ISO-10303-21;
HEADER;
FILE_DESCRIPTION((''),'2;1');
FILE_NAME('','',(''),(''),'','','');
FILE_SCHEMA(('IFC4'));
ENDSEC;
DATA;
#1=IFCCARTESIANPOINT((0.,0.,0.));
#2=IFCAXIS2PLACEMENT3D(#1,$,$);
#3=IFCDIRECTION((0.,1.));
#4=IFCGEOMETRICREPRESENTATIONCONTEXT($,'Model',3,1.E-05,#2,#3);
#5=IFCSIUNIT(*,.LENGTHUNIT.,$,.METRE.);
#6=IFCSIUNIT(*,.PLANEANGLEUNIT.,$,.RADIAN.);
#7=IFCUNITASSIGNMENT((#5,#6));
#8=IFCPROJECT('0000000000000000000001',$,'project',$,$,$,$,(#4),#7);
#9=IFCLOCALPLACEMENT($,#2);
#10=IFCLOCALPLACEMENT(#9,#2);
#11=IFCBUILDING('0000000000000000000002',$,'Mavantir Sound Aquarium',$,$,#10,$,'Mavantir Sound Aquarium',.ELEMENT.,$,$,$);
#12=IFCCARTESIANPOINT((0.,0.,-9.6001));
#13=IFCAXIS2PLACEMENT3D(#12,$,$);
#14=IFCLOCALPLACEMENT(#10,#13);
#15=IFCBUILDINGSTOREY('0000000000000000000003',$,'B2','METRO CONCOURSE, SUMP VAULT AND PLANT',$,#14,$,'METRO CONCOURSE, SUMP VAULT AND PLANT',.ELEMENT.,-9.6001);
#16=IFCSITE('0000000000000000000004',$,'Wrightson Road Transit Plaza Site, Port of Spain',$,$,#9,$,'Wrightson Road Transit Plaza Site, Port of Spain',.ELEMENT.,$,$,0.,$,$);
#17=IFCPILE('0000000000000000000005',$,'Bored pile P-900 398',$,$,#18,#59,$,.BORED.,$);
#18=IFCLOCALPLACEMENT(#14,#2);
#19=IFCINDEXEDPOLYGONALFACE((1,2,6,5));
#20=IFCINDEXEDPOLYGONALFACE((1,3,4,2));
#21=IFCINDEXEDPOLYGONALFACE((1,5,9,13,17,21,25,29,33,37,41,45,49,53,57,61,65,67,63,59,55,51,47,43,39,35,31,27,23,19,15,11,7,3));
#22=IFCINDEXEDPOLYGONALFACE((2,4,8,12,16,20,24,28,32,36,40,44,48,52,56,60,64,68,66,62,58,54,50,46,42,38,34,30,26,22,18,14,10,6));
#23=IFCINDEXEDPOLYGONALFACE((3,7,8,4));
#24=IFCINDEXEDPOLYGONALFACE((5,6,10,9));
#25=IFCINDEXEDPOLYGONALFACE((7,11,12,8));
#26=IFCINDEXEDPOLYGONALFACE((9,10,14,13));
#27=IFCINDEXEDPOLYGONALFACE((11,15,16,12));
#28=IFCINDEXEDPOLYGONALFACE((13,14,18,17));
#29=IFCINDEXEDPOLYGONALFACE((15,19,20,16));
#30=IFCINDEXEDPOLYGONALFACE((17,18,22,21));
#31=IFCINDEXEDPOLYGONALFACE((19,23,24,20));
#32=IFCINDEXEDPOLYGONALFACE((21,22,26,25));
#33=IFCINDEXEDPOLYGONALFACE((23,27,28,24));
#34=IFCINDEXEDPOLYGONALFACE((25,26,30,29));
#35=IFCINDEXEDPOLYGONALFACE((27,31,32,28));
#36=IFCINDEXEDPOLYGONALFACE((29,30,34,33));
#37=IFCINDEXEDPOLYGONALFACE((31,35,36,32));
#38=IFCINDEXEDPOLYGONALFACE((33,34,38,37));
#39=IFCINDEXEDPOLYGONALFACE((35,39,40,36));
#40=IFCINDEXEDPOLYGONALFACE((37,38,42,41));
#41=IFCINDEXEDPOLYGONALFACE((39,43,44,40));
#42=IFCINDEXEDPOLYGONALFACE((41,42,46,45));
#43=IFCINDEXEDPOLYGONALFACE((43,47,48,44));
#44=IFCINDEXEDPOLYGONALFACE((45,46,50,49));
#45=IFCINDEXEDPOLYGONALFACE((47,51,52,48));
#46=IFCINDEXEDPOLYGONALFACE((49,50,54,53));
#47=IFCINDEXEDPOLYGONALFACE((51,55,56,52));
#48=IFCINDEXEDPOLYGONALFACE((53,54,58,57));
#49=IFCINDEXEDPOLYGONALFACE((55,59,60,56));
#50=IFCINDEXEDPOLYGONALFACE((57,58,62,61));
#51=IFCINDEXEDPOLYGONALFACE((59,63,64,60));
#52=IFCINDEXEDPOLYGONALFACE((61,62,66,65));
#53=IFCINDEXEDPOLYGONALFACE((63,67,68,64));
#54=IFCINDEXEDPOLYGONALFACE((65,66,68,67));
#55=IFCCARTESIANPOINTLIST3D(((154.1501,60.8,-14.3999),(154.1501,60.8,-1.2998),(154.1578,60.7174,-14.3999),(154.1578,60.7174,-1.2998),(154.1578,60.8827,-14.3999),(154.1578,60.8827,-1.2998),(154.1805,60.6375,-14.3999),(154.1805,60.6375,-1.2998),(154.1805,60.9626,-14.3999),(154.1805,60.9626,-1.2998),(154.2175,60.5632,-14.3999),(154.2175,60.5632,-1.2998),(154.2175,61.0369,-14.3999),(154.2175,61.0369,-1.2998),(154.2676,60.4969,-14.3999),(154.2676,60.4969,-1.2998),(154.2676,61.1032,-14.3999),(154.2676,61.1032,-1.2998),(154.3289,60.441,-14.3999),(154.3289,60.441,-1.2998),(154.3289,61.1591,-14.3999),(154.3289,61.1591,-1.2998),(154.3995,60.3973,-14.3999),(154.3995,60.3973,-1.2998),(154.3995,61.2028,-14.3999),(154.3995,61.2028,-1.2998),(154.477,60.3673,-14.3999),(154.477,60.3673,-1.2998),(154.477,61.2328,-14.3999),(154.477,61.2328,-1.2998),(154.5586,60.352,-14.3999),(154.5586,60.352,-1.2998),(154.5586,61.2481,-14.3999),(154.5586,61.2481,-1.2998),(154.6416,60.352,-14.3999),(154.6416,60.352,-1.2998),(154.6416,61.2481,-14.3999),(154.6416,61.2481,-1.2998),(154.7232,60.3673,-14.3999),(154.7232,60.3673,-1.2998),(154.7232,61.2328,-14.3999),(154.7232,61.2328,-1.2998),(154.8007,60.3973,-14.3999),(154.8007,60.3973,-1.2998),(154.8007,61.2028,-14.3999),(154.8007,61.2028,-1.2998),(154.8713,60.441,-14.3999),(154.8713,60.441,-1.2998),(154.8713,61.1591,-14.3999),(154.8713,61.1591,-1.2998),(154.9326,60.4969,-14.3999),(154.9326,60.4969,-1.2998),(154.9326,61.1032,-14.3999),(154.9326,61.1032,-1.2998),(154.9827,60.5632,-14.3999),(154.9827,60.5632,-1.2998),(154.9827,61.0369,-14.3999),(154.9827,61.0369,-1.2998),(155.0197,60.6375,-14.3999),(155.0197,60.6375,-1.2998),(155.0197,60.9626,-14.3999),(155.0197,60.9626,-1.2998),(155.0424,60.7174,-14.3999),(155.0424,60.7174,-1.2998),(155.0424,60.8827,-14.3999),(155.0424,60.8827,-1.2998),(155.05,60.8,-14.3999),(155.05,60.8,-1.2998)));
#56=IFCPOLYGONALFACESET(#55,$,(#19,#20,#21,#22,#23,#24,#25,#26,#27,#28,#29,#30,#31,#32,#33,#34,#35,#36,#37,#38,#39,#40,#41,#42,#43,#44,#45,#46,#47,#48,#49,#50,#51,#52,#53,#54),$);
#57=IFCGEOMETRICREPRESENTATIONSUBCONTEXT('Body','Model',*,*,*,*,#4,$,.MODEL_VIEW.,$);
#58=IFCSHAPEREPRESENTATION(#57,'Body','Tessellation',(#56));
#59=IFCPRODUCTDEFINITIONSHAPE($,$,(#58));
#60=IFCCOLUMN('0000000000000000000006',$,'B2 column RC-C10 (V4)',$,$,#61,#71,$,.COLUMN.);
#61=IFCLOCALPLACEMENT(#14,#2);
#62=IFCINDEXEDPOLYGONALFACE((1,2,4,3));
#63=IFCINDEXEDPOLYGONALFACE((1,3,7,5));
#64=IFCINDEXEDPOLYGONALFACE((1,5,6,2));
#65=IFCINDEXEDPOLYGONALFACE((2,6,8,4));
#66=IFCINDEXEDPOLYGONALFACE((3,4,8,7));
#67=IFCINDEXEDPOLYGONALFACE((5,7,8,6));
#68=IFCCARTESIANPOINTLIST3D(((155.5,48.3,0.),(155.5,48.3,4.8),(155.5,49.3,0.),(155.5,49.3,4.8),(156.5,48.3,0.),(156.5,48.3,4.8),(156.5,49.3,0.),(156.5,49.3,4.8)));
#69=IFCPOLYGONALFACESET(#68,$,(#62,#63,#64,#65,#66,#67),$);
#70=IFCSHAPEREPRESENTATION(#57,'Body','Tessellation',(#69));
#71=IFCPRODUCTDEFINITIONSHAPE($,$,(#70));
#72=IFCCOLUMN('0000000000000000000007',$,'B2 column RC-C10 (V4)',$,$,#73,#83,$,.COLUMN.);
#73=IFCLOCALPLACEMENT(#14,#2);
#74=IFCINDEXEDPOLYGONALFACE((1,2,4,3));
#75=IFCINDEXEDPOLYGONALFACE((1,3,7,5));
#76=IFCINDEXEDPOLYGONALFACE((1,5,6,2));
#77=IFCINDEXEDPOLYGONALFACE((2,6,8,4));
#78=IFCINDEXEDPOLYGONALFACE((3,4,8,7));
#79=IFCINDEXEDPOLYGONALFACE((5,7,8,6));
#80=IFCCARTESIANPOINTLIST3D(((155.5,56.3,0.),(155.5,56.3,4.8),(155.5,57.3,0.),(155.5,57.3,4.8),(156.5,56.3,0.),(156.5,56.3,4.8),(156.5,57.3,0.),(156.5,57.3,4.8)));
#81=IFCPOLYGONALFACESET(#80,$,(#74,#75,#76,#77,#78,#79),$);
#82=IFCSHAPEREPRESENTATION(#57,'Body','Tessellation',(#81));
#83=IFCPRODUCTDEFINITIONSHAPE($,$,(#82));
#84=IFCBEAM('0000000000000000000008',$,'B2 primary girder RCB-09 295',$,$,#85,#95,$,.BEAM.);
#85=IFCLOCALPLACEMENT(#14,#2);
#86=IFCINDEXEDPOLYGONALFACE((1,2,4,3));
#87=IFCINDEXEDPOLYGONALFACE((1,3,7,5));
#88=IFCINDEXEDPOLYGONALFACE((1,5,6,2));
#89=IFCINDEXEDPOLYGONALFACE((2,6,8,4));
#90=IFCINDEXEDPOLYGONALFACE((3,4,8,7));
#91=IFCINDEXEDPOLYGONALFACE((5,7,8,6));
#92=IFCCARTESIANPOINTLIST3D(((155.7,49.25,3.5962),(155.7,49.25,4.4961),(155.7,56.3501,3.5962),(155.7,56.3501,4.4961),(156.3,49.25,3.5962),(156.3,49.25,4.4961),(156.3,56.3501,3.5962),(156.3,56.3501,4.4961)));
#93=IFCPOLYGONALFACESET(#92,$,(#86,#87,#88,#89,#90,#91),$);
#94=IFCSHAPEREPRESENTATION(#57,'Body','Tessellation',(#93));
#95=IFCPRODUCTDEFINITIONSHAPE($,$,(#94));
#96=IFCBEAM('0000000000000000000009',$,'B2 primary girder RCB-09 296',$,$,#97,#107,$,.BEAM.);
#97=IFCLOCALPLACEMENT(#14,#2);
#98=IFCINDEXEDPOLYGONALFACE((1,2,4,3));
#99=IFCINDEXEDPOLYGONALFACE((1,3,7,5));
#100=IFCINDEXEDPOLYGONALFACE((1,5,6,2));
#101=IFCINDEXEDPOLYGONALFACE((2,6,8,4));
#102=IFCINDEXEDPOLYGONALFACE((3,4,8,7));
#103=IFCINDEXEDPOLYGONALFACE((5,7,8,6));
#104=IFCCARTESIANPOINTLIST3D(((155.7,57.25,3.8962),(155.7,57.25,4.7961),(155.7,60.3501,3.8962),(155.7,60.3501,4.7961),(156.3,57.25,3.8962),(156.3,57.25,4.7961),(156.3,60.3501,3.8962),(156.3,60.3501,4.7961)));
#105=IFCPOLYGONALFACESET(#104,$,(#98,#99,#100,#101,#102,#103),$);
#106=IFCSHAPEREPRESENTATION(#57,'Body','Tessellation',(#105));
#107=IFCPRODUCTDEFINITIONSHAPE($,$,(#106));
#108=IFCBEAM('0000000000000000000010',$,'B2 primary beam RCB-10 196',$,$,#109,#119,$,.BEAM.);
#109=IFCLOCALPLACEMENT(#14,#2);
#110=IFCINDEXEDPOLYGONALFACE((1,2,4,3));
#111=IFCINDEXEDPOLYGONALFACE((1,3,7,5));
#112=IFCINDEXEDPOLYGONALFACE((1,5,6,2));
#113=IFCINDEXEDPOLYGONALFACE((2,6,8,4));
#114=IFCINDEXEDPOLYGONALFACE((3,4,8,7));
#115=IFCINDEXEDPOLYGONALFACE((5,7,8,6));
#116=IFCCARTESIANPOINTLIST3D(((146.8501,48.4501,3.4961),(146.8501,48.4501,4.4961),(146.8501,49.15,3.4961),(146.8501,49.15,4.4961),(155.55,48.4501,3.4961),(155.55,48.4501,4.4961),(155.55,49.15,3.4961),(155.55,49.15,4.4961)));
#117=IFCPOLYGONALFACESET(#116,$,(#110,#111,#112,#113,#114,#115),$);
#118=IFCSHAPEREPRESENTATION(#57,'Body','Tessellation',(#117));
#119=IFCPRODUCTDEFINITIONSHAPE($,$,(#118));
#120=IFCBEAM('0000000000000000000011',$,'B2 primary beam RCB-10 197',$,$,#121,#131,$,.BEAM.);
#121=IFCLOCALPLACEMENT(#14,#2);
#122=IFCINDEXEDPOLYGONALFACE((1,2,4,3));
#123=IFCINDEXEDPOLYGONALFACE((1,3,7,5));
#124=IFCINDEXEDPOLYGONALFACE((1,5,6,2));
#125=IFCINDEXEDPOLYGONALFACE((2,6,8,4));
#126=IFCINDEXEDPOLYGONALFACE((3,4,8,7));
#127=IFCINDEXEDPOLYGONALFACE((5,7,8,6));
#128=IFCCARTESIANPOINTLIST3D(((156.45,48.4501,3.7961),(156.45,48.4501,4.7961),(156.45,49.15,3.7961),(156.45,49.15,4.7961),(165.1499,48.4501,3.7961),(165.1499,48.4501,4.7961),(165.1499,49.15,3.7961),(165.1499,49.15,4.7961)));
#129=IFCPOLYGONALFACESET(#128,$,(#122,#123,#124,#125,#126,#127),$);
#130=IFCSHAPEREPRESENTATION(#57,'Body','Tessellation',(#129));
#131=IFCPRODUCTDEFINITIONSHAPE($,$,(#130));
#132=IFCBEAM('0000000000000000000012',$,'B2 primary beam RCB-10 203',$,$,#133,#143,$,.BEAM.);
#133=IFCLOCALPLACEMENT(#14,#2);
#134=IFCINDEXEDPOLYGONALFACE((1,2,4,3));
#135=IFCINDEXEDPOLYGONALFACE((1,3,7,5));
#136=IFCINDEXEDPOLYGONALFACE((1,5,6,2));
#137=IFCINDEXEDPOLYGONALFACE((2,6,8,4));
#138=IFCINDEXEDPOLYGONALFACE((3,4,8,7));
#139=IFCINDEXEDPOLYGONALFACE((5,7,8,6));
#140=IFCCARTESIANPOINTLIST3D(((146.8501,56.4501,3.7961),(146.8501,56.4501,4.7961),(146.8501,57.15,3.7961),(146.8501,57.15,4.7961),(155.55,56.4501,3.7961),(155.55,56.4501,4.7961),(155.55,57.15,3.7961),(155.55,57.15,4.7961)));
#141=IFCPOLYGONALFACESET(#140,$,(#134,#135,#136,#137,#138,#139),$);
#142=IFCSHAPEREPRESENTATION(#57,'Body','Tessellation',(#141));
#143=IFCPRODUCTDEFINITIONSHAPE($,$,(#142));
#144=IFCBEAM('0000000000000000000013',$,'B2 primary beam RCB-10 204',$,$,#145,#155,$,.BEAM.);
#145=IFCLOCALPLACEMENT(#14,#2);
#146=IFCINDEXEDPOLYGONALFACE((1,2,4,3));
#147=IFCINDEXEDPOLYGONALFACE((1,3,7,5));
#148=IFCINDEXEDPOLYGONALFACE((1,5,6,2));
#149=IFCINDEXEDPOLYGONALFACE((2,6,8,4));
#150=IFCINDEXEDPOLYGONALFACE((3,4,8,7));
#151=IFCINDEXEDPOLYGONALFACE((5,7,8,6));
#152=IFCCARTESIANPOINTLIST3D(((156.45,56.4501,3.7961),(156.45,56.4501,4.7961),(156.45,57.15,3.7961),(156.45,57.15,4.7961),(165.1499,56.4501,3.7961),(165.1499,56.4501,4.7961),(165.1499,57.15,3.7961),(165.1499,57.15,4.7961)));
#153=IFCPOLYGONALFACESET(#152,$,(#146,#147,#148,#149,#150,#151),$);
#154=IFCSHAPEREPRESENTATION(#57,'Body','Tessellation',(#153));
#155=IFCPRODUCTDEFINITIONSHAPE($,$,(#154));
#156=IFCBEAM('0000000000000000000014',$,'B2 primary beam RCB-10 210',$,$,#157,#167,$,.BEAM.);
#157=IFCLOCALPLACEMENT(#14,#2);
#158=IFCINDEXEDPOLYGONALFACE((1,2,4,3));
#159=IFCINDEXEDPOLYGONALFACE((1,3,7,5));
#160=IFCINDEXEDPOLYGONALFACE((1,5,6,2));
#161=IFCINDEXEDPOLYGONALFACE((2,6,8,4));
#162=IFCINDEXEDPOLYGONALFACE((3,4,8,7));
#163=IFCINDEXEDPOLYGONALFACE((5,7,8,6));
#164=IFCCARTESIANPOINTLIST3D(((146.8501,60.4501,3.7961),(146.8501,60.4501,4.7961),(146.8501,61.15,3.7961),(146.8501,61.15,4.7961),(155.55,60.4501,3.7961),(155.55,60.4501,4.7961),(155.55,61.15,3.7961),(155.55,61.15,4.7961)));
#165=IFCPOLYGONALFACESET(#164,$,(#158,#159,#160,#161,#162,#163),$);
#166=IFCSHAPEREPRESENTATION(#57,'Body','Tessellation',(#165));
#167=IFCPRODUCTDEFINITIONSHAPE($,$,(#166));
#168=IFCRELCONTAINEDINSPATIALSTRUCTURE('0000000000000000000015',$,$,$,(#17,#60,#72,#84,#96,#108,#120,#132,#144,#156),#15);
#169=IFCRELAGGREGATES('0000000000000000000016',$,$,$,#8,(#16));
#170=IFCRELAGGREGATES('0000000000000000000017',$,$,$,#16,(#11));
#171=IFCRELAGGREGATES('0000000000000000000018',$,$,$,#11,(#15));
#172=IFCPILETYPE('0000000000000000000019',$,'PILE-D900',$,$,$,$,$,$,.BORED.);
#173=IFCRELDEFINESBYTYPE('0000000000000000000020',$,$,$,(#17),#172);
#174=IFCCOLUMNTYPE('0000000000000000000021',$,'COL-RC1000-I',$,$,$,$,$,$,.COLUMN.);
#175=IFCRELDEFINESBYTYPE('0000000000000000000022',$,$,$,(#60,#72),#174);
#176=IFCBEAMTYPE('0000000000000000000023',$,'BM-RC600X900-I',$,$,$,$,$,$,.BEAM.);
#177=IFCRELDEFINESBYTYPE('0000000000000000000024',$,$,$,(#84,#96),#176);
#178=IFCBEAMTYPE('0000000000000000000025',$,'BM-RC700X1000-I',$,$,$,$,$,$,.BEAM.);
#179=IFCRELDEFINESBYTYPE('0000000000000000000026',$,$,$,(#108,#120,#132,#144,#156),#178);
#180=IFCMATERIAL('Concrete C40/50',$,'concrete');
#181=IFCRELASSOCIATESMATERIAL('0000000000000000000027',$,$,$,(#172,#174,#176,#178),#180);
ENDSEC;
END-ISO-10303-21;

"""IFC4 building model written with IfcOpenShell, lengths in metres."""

from ifc_helpers import new_model, si_unit, direction, frame, origin, origin_2d, place, context, subcontext, project, spatial, rectangle, circle, extrude, material, material_profile, profile_set, type_object, element, save


model = new_model("IFC4")

# Units and contexts
model_context = context("Model", 3, precision=1e-05, world=origin(), true_north=direction((0.0, 1.0)))
body_context = subcontext(model_context, "Body", "Model", "MODEL_VIEW")
ifc_project = project(units=[si_unit("LENGTHUNIT", "METRE"), si_unit("PLANEANGLEUNIT", "RADIAN")], contexts=[model_context])

# Site, building, storey
site_placement = place(None, origin())
site = spatial("IfcSite", under=ifc_project, at=site_placement, Name="Wrightson Road Transit Plaza Site, Port of Spain", LongName="Wrightson Road Transit Plaza Site, Port of Spain", CompositionType="ELEMENT", RefElevation=0.0)
building_placement = place(site_placement, origin())
building = spatial("IfcBuilding", under=site, at=building_placement, Name="Mavantir Sound Aquarium", LongName="Mavantir Sound Aquarium", CompositionType="ELEMENT")
storey_placement = place(building_placement, frame((0.0, 0.0, -9.6001)))
storey = spatial("IfcBuildingStorey", under=building, at=storey_placement, Name="B2", Description="METRO CONCOURSE, SUMP VAULT AND PLANT", LongName="METRO CONCOURSE, SUMP VAULT AND PLANT", CompositionType="ELEMENT", Elevation=-9.6001)

# Shared definitions
ifc_material_1 = material(Name="Concrete C40/50", Category="concrete")

# Pile
ifc_material_profile_1 = material_profile(ifc_material_1, circle(Radius=0.45, at=origin_2d()), Name="PILE D900")
ifc_profile_set_1 = profile_set([ifc_material_profile_1], Name="Concrete C40/50")
pile_type = type_object("IfcPileType", Name="PILE-D900", PredefinedType="BORED", material=ifc_profile_set_1)
pile_1_placement = place(storey_placement, frame((154.6001, 60.8, -1.2998), z_axis=(0.0, 0.0, -1.0), x_axis=(1.0, 0.0, 0.0)))
element("IfcPile", 1, at=pile_1_placement, inside=storey, type_object=pile_type, Name="Bored pile P-900 398", PredefinedType="BORED", context=body_context, shape_type="SweptSolid", body=[
    extrude(circle(Radius=0.45, at=origin_2d()), origin(), (0.0, 0.0, 1.0), 13.1001),
])

# Columns
ifc_material_profile_2 = material_profile(ifc_material_1, rectangle(XDim=1.0, YDim=1.0, at=origin_2d()), Name="RC 1000X1000")
ifc_profile_set_2 = profile_set([ifc_material_profile_2], Name="Concrete C40/50")
column_type = type_object("IfcColumnType", Name="COL-RC1000-I", PredefinedType="COLUMN", material=ifc_profile_set_2)
for number, where, z_axis, x_axis, name in (
    (2, (156.0, 48.8, 0.0), (0.0, 0.0, 1.0), (1.0, 0.0, 0.0), "B2 column RC-C10 (V4)"),
    (3, (156.0, 56.8, 0.0), (0.0, 0.0, 1.0), (1.0, 0.0, 0.0), "B2 column RC-C10 (V4)"),
):
    element("IfcColumn", number, at=place(storey_placement, frame(where, z_axis=z_axis, x_axis=x_axis)), inside=storey, type_object=column_type, Name=name, PredefinedType="COLUMN", context=body_context, shape_type="SweptSolid", body=[
        extrude(rectangle(XDim=1.0, YDim=1.0, at=origin_2d()), origin(), (0.0, 0.0, 1.0), 4.8),
    ])

# Beams
ifc_material_profile_3 = material_profile(ifc_material_1, rectangle(XDim=0.6001, YDim=0.8999, at=origin_2d()), Name="RC 600X900")
ifc_profile_set_3 = profile_set([ifc_material_profile_3], Name="Concrete C40/50")
beam_type_1 = type_object("IfcBeamType", Name="BM-RC600X900-I", PredefinedType="BEAM", material=ifc_profile_set_3)
beam_1_placement = place(storey_placement, frame((156.0, 49.25, 4.0461), z_axis=(0.0, 1.0, 0.0), x_axis=(-1.0, 0.0, 0.0)))
element("IfcBeam", 4, at=beam_1_placement, inside=storey, type_object=beam_type_1, Name="B2 primary girder RCB-09 295", PredefinedType="BEAM", context=body_context, shape_type="SweptSolid", body=[
    extrude(rectangle(XDim=0.6001, YDim=0.8999, at=origin_2d()), origin(), (0.0, 0.0, 1.0), 7.1001),
])
beam_2_placement = place(storey_placement, frame((156.0, 57.25, 4.3462), z_axis=(0.0, 1.0, 0.0), x_axis=(-1.0, 0.0, 0.0)))
element("IfcBeam", 5, at=beam_2_placement, inside=storey, type_object=beam_type_1, Name="B2 primary girder RCB-09 296", PredefinedType="BEAM", context=body_context, shape_type="SweptSolid", body=[
    extrude(rectangle(XDim=0.6001, YDim=0.8999, at=origin_2d()), origin(), (0.0, 0.0, 1.0), 3.1001),
])
ifc_material_profile_4 = material_profile(ifc_material_1, rectangle(XDim=0.7, YDim=1.0, at=origin_2d()), Name="RC 700X1000")
ifc_profile_set_4 = profile_set([ifc_material_profile_4], Name="Concrete C40/50")
beam_type_2 = type_object("IfcBeamType", Name="BM-RC700X1000-I", PredefinedType="BEAM", material=ifc_profile_set_4)
for number, where, z_axis, x_axis, name in (
    (6, (146.8501, 48.8, 3.9961), (1.0, 0.0, 0.0), (0.0, 1.0, 0.0), "B2 primary beam RCB-10 196"),
    (7, (156.45, 48.8, 4.2961), (1.0, 0.0, 0.0), (0.0, 1.0, 0.0), "B2 primary beam RCB-10 197"),
    (8, (146.8501, 56.8, 4.2961), (1.0, 0.0, 0.0), (0.0, 1.0, 0.0), "B2 primary beam RCB-10 203"),
    (9, (156.45, 56.8, 4.2961), (1.0, 0.0, 0.0), (0.0, 1.0, 0.0), "B2 primary beam RCB-10 204"),
    (10, (146.8501, 60.8, 4.2961), (1.0, 0.0, 0.0), (0.0, 1.0, 0.0), "B2 primary beam RCB-10 210"),
):
    element("IfcBeam", number, at=place(storey_placement, frame(where, z_axis=z_axis, x_axis=x_axis)), inside=storey, type_object=beam_type_2, Name=name, PredefinedType="BEAM", context=body_context, shape_type="SweptSolid", body=[
        extrude(rectangle(XDim=0.7, YDim=1.0, at=origin_2d()), origin(), (0.0, 0.0, 1.0), 8.7),
    ])

save(model, "model.ifc")
